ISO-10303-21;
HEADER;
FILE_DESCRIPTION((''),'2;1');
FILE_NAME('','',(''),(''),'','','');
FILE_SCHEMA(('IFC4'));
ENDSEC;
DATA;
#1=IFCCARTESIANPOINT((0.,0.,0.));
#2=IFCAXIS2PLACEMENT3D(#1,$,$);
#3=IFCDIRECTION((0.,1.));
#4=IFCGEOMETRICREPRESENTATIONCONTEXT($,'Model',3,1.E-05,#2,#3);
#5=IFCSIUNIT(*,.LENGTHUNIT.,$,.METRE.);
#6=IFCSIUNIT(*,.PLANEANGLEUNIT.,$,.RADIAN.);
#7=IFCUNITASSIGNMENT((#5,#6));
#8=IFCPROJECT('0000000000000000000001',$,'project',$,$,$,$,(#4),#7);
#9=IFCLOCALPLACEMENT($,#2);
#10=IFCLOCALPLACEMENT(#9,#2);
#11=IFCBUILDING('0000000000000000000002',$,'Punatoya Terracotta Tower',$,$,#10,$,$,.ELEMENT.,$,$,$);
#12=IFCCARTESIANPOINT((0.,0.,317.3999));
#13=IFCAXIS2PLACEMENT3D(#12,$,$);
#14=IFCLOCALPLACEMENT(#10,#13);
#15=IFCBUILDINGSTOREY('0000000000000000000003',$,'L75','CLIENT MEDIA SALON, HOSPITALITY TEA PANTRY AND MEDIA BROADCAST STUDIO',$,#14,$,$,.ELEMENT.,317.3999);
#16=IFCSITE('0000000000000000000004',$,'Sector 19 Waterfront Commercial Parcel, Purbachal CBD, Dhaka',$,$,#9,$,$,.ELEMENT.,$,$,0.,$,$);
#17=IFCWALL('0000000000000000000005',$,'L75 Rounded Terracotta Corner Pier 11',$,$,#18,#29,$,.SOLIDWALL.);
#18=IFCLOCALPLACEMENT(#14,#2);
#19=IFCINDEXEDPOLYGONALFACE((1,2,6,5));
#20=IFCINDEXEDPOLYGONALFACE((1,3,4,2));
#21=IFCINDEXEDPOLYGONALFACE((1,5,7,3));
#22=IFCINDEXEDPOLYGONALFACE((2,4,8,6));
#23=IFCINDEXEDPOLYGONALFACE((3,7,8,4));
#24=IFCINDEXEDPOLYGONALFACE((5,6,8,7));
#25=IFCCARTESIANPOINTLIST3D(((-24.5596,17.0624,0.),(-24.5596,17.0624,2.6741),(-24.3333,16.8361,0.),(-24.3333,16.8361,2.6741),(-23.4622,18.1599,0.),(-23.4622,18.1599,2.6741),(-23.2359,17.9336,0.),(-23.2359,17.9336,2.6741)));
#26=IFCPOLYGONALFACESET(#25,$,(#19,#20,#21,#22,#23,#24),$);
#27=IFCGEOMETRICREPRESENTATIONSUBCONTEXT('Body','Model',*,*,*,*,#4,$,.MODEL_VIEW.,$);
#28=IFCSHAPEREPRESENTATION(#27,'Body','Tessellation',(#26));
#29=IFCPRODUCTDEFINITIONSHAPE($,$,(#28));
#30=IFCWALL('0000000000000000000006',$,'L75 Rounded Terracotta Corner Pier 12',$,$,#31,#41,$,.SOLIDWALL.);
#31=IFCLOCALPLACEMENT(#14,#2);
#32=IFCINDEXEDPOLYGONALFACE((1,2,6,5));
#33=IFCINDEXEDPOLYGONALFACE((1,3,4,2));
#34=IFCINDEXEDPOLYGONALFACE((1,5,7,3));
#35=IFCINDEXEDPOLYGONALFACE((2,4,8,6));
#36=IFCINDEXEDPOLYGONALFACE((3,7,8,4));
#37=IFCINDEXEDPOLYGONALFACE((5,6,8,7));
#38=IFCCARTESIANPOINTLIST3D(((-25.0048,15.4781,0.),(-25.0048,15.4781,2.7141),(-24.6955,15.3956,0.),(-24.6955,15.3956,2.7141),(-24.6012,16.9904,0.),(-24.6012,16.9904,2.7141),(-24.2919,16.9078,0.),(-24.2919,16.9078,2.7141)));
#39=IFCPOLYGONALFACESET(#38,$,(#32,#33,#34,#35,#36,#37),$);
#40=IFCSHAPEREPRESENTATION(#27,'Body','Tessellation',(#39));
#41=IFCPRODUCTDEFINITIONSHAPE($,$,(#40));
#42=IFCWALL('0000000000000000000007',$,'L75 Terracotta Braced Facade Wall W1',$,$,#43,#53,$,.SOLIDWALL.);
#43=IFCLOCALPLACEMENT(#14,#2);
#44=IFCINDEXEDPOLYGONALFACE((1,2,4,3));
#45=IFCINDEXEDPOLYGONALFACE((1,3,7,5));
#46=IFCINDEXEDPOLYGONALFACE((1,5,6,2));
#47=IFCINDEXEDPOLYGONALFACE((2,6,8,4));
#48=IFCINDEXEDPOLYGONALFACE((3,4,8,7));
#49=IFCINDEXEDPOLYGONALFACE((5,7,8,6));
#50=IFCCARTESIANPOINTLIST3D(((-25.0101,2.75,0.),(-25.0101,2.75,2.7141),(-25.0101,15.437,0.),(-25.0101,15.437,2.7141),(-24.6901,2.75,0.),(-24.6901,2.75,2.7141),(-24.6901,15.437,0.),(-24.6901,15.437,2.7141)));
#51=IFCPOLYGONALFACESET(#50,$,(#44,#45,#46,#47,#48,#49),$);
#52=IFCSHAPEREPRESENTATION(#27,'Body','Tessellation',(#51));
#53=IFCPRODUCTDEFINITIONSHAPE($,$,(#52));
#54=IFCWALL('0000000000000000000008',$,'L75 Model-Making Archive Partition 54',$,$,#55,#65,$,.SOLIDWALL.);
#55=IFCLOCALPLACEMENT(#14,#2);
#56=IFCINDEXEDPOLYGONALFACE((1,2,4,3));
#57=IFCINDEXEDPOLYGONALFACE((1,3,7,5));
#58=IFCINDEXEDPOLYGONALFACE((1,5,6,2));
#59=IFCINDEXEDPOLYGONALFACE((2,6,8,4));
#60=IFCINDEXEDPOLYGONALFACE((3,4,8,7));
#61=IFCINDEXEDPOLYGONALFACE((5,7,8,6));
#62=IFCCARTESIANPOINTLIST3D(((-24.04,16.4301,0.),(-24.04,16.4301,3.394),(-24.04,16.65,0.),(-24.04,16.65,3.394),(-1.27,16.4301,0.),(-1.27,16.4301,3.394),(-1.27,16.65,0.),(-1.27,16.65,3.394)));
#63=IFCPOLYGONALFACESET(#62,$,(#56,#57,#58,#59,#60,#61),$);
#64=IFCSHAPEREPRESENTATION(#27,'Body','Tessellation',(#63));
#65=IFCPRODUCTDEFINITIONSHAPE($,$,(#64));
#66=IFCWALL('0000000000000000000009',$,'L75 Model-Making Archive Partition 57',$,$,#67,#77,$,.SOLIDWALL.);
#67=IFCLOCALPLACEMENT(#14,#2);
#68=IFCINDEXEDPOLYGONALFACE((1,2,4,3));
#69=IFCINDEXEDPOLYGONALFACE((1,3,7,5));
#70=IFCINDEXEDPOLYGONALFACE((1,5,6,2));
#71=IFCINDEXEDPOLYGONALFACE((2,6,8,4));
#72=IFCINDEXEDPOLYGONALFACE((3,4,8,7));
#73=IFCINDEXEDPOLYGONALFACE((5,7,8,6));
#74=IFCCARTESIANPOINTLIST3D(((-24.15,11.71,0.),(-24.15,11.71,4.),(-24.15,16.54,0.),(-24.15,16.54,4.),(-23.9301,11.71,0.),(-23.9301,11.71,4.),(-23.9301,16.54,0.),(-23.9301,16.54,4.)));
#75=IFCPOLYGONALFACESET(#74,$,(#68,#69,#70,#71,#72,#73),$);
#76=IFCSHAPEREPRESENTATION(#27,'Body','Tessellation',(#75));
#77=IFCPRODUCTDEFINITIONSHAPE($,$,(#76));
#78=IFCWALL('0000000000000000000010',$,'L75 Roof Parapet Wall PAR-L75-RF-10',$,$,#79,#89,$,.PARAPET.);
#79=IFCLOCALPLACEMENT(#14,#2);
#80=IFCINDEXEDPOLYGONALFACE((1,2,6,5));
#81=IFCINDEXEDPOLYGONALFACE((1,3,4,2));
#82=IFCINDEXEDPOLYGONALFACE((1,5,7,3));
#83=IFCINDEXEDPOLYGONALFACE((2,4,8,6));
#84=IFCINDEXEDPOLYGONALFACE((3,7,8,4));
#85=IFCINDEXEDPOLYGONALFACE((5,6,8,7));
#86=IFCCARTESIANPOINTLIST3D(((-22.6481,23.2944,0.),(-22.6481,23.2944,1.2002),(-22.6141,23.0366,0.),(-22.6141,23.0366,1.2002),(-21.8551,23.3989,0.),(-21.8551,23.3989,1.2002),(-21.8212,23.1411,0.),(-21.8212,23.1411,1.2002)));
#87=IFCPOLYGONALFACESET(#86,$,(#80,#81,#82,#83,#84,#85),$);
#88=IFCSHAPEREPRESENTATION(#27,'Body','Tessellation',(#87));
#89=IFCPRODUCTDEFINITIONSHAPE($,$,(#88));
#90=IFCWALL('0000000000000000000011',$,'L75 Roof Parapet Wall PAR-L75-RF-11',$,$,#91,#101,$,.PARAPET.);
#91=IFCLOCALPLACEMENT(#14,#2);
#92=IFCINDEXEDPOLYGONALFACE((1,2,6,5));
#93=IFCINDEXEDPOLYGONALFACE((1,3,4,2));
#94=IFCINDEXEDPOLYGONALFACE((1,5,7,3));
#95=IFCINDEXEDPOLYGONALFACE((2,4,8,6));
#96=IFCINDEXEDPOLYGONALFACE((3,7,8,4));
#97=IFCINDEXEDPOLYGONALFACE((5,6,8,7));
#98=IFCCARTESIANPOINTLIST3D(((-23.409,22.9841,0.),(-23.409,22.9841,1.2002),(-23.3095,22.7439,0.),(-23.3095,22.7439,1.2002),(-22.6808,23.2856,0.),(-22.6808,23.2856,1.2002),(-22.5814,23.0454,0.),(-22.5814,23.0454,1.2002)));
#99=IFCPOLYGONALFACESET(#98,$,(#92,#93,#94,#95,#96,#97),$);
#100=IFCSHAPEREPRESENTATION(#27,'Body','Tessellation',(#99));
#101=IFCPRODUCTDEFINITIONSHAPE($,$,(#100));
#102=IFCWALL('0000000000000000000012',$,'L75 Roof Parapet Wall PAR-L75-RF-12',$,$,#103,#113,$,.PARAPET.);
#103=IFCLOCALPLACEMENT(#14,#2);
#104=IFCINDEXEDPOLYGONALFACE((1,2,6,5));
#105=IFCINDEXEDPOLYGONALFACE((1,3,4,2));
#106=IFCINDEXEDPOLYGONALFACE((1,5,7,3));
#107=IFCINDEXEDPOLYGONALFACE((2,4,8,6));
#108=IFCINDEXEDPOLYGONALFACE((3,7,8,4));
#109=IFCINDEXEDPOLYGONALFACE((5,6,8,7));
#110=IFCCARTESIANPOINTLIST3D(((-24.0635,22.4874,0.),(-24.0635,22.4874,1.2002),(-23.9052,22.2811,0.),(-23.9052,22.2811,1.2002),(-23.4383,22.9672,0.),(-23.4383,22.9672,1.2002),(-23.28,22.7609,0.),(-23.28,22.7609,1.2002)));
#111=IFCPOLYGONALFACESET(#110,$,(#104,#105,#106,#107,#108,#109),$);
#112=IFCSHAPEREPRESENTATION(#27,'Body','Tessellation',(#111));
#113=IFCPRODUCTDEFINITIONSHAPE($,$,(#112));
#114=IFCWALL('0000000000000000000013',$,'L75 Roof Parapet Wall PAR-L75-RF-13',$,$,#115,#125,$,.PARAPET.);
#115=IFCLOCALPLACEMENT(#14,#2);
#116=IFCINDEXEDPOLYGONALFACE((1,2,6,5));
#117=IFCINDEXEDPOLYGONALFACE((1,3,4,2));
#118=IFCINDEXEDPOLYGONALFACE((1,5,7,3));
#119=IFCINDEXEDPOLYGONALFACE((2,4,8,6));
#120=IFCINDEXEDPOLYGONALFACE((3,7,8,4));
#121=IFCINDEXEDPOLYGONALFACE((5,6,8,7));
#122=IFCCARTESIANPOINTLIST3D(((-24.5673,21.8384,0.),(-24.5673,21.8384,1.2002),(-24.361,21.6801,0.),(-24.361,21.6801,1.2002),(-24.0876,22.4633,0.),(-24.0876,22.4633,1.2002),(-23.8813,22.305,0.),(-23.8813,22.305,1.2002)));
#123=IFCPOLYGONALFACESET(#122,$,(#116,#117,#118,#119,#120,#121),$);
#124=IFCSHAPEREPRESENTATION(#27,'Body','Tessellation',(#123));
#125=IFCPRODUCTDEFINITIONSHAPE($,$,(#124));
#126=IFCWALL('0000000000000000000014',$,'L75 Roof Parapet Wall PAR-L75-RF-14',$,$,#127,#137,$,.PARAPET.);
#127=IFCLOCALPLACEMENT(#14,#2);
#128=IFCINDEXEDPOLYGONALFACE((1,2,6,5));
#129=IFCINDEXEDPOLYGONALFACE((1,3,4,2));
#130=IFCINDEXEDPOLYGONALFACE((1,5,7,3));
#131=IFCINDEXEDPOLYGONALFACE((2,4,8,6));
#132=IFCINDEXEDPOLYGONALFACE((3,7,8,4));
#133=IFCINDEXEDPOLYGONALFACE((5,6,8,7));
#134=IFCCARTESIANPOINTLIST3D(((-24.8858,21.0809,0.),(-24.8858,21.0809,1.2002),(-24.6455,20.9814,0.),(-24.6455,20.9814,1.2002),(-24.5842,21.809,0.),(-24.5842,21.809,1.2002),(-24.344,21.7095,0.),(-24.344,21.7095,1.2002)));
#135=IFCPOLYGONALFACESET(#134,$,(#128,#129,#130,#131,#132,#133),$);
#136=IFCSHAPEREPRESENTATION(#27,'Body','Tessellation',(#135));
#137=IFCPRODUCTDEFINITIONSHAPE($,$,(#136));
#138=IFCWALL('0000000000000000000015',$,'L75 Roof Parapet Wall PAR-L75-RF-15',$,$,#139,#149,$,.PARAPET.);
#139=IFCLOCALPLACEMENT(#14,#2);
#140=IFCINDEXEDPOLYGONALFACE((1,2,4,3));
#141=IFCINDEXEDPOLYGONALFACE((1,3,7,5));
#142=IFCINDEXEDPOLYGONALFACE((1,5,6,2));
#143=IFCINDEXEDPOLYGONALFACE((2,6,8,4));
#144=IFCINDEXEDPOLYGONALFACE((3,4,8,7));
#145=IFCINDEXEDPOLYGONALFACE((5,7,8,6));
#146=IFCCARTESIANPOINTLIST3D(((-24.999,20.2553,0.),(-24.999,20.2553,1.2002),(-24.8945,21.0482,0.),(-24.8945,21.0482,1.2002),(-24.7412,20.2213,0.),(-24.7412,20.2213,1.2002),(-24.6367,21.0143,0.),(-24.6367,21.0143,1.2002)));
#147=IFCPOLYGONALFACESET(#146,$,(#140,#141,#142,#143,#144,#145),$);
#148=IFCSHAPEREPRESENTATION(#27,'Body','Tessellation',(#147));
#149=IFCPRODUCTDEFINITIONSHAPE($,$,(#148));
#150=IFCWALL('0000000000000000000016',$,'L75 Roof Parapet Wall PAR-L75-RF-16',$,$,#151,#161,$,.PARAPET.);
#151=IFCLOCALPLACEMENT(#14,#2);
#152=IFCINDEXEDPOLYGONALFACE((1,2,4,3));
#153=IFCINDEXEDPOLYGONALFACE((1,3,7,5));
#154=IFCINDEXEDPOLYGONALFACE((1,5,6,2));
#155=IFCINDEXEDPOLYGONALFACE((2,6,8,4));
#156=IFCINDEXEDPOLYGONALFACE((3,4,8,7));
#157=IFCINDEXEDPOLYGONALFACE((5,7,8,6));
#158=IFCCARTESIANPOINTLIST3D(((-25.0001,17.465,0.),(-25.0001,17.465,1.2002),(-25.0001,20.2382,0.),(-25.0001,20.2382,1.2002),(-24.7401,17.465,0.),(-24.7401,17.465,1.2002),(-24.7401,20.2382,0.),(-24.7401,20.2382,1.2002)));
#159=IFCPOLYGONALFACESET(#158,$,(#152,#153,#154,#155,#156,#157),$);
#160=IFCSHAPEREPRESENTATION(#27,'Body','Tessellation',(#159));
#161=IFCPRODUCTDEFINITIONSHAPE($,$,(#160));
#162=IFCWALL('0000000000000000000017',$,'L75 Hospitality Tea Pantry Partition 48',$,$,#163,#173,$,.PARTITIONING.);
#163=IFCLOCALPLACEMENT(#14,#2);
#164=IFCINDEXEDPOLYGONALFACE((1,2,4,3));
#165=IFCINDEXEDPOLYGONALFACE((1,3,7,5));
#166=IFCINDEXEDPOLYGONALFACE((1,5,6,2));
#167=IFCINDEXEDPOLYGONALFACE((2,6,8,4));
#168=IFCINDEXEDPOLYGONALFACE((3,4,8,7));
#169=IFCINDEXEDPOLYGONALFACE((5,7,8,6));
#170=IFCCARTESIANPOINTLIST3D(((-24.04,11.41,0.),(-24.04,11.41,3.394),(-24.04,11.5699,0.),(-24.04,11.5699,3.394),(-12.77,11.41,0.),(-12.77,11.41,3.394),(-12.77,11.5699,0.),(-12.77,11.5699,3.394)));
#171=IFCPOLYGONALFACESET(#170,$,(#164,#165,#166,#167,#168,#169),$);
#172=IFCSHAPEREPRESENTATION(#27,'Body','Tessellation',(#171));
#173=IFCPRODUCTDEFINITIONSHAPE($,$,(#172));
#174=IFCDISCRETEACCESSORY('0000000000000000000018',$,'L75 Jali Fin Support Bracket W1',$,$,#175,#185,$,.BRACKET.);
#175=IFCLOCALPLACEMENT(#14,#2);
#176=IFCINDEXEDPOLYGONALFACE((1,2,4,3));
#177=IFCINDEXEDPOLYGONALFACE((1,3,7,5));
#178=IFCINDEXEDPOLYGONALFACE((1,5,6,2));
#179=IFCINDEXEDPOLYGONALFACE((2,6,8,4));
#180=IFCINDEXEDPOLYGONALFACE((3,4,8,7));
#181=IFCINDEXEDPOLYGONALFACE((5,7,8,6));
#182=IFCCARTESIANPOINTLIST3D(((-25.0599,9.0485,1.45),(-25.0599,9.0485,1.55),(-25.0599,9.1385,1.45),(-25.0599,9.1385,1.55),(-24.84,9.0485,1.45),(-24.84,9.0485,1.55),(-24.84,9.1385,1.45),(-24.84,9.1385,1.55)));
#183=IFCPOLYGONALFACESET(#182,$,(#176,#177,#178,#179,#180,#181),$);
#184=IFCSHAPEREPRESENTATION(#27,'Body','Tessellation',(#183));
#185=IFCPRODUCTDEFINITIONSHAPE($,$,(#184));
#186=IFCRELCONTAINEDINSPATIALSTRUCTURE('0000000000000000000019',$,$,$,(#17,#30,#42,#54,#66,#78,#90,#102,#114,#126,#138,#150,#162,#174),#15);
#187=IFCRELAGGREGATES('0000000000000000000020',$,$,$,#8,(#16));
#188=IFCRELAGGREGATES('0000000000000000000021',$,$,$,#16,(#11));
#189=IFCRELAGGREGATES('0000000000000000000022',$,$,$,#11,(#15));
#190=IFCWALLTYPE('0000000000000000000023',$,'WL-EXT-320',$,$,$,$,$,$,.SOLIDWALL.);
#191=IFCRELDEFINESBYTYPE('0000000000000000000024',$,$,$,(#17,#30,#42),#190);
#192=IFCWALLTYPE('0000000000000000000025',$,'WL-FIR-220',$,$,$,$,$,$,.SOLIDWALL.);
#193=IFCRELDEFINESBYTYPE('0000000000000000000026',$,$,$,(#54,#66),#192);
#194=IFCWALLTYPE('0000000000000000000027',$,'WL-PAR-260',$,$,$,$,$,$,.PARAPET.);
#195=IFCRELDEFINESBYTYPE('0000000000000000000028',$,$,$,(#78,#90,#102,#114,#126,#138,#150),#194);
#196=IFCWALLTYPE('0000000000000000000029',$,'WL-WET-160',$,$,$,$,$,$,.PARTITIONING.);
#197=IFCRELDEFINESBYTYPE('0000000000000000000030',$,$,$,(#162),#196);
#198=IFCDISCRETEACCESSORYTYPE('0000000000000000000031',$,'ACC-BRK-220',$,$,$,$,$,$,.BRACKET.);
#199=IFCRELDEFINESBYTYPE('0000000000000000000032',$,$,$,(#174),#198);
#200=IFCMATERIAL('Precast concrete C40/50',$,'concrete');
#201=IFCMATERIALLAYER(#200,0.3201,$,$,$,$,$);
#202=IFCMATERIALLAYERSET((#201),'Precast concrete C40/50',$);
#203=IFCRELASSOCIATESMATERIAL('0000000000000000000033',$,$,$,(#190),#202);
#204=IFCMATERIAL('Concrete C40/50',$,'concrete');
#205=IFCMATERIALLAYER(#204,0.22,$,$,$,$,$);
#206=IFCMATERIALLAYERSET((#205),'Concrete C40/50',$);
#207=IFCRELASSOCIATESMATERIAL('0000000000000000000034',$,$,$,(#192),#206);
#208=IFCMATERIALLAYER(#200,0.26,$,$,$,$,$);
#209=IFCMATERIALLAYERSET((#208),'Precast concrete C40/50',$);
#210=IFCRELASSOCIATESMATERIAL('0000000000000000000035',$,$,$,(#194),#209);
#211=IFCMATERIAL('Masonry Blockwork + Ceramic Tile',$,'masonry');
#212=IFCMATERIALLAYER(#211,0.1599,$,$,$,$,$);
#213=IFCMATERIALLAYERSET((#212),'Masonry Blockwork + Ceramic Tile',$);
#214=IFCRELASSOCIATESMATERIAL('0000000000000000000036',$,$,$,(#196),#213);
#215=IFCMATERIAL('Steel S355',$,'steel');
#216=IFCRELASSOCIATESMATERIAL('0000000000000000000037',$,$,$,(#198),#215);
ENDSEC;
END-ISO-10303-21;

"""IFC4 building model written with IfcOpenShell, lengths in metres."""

from ifc_helpers import new_model, si_unit, direction, frame, frame_2d, origin, origin_2d, place, context, subcontext, project, spatial, rectangle, extrude, material, layer, layer_set, type_object, element, save


model = new_model("IFC4")

# Units and contexts
model_context = context("Model", 3, precision=1e-05, world=origin(), true_north=direction((0.0, 1.0)))
body_context = subcontext(model_context, "Body", "Model", "MODEL_VIEW")
ifc_project = project(units=[si_unit("LENGTHUNIT", "METRE"), si_unit("PLANEANGLEUNIT", "RADIAN")], contexts=[model_context])

# Site, building, storey
site_placement = place(None, origin())
site = spatial("IfcSite", under=ifc_project, at=site_placement, Name="Sector 19 Waterfront Commercial Parcel, Purbachal CBD, Dhaka", CompositionType="ELEMENT", RefElevation=0.0)
building_placement = place(site_placement, origin())
building = spatial("IfcBuilding", under=site, at=building_placement, Name="Punatoya Terracotta Tower", CompositionType="ELEMENT")
storey_placement = place(building_placement, frame((0.0, 0.0, 317.3999)))
storey = spatial("IfcBuildingStorey", under=building, at=storey_placement, Name="L75", Description="CLIENT MEDIA SALON, HOSPITALITY TEA PANTRY AND MEDIA BROADCAST STUDIO", CompositionType="ELEMENT", Elevation=317.3999)

# Walls
ifc_material_1 = material(Name="Precast concrete C40/50", Category="concrete")
ifc_layer_1 = layer(ifc_material_1, 0.3201)
ifc_layer_set_1 = layer_set([ifc_layer_1], Name="Precast concrete C40/50")
wall_type_1 = type_object("IfcWallType", Name="WL-EXT-320", PredefinedType="SOLIDWALL", material=ifc_layer_set_1)
wall_1_placement = place(storey_placement, frame((-23.3491, 18.0466, 0.0), z_axis=(0.0, 0.0, 1.0), x_axis=(-0.707107, -0.707107, 0.0)))
element("IfcWall", 1, at=wall_1_placement, inside=storey, type_object=wall_type_1, Name="L75 Rounded Terracotta Corner Pier 11", PredefinedType="SOLIDWALL", context=body_context, shape_type="SweptSolid", body=[
    extrude(rectangle(XDim=1.552, YDim=0.3201, at=frame_2d((0.7759, 0.0))), origin(), (0.0, 0.0, 1.0), 2.6741),
])
wall_2_placement = place(storey_placement, frame((-24.4465, 16.9492, 0.0), z_axis=(0.0, 0.0, 1.0), x_axis=(-0.257847, -0.966186, 0.0)))
element("IfcWall", 2, at=wall_2_placement, inside=storey, type_object=wall_type_1, Name="L75 Rounded Terracotta Corner Pier 12", PredefinedType="SOLIDWALL", context=body_context, shape_type="SweptSolid", body=[
    extrude(rectangle(XDim=1.5652, YDim=0.3201, at=frame_2d((0.7827, 0.0))), origin(), (0.0, 0.0, 1.0), 2.7141),
])
wall_3_placement = place(storey_placement, frame((-24.8501, 15.437, 0.0), z_axis=(0.0, 0.0, 1.0), x_axis=(0.0, -1.0, 0.0)))
element("IfcWall", 3, at=wall_3_placement, inside=storey, type_object=wall_type_1, Name="L75 Terracotta Braced Facade Wall W1", PredefinedType="SOLIDWALL", context=body_context, shape_type="SweptSolid", body=[
    extrude(rectangle(XDim=12.687, YDim=0.3201, at=frame_2d((6.3435, 0.0))), origin(), (0.0, 0.0, 1.0), 2.7141),
])
ifc_material_2 = material(Name="Concrete C40/50", Category="concrete")
ifc_layer_2 = layer(ifc_material_2, 0.22)
ifc_layer_set_2 = layer_set([ifc_layer_2], Name="Concrete C40/50")
wall_type_2 = type_object("IfcWallType", Name="WL-FIR-220", PredefinedType="SOLIDWALL", material=ifc_layer_set_2)
wall_4_placement = place(storey_placement, frame((-24.04, 16.54, 0.0), z_axis=(0.0, 0.0, 1.0), x_axis=(1.0, 0.0, 0.0)))
element("IfcWall", 4, at=wall_4_placement, inside=storey, type_object=wall_type_2, Name="L75 Model-Making Archive Partition 54", PredefinedType="SOLIDWALL", context=body_context, shape_type="SweptSolid", body=[
    extrude(rectangle(XDim=22.77, YDim=0.22, at=frame_2d((11.385, 0.0))), origin(), (0.0, 0.0, 1.0), 3.394),
])
wall_5_placement = place(storey_placement, frame((-24.04, 11.71, 0.0), z_axis=(0.0, 0.0, 1.0), x_axis=(0.0, 1.0, 0.0)))
element("IfcWall", 5, at=wall_5_placement, inside=storey, type_object=wall_type_2, Name="L75 Model-Making Archive Partition 57", PredefinedType="SOLIDWALL", context=body_context, shape_type="SweptSolid", body=[
    extrude(rectangle(XDim=4.8301, YDim=0.22, at=frame_2d((2.415, 0.0))), origin(), (0.0, 0.0, 1.0), 4.0),
])
ifc_layer_3 = layer(ifc_material_1, 0.26)
ifc_layer_set_3 = layer_set([ifc_layer_3], Name="Precast concrete C40/50")
wall_type_3 = type_object("IfcWallType", Name="WL-PAR-260", PredefinedType="PARAPET", material=ifc_layer_set_3)
wall_6_placement = place(storey_placement, frame((-21.8381, 23.27, 0.0), z_axis=(0.0, 0.0, 1.0), x_axis=(-0.991429, -0.130644, 0.0)))
element("IfcWall", 6, at=wall_6_placement, inside=storey, type_object=wall_type_3, Name="L75 Roof Parapet Wall PAR-L75-RF-10", PredefinedType="PARAPET", context=body_context, shape_type="SweptSolid", body=[
    extrude(rectangle(XDim=0.7998, YDim=0.26, at=frame_2d((0.3999, 0.0))), origin(), (0.0, 0.0, 1.0), 1.2002),
])
for number, where, z_axis, x_axis, name in (
    (7, (-22.6311, 23.1655, 0.0), (0.0, 0.0, 1.0), (-0.9239, -0.382635, 0.0), "L75 Roof Parapet Wall PAR-L75-RF-11"),
    (8, (-23.3591, 22.864, 0.0), (0.0, 0.0, 1.0), (-0.793372, -0.608737, 0.0), "L75 Roof Parapet Wall PAR-L75-RF-12"),
):
    element("IfcWall", number, at=place(storey_placement, frame(where, z_axis=z_axis, x_axis=x_axis)), inside=storey, type_object=wall_type_3, Name=name, PredefinedType="PARAPET", context=body_context, shape_type="SweptSolid", body=[
        extrude(rectangle(XDim=0.7881, YDim=0.26, at=frame_2d((0.394, 0.0))), origin(), (0.0, 0.0, 1.0), 1.2002),
    ])
wall_7_placement = place(storey_placement, frame((-23.9844, 22.3843, 0.0), z_axis=(0.0, 0.0, 1.0), x_axis=(-0.608887, -0.793257, 0.0)))
element("IfcWall", 9, at=wall_7_placement, inside=storey, type_object=wall_type_3, Name="L75 Roof Parapet Wall PAR-L75-RF-13", PredefinedType="PARAPET", context=body_context, shape_type="SweptSolid", body=[
    extrude(rectangle(XDim=0.7878, YDim=0.26, at=frame_2d((0.394, 0.0))), origin(), (0.0, 0.0, 1.0), 1.2002),
])
wall_8_placement = place(storey_placement, frame((-24.4641, 21.7593, 0.0), z_axis=(0.0, 0.0, 1.0), x_axis=(-0.382635, -0.9239, 0.0)))
element("IfcWall", 10, at=wall_8_placement, inside=storey, type_object=wall_type_3, Name="L75 Roof Parapet Wall PAR-L75-RF-14", PredefinedType="PARAPET", context=body_context, shape_type="SweptSolid", body=[
    extrude(rectangle(XDim=0.7881, YDim=0.26, at=frame_2d((0.394, 0.0))), origin(), (0.0, 0.0, 1.0), 1.2002),
])
wall_9_placement = place(storey_placement, frame((-24.7656, 21.0312, 0.0), z_axis=(0.0, 0.0, 1.0), x_axis=(-0.130644, -0.991429, 0.0)))
element("IfcWall", 11, at=wall_9_placement, inside=storey, type_object=wall_type_3, Name="L75 Roof Parapet Wall PAR-L75-RF-15", PredefinedType="PARAPET", context=body_context, shape_type="SweptSolid", body=[
    extrude(rectangle(XDim=0.7998, YDim=0.26, at=frame_2d((0.3999, 0.0))), origin(), (0.0, 0.0, 1.0), 1.2002),
])
wall_10_placement = place(storey_placement, frame((-24.8701, 20.2383, 0.0), z_axis=(0.0, 0.0, 1.0), x_axis=(0.0, -1.0, 0.0)))
element("IfcWall", 12, at=wall_10_placement, inside=storey, type_object=wall_type_3, Name="L75 Roof Parapet Wall PAR-L75-RF-16", PredefinedType="PARAPET", context=body_context, shape_type="SweptSolid", body=[
    extrude(rectangle(XDim=2.7732, YDim=0.26, at=frame_2d((1.3867, 0.0))), origin(), (0.0, 0.0, 1.0), 1.2002),
])
ifc_material_3 = material(Name="Masonry Blockwork + Ceramic Tile", Category="masonry")
ifc_layer_4 = layer(ifc_material_3, 0.1599)
ifc_layer_set_4 = layer_set([ifc_layer_4], Name="Masonry Blockwork + Ceramic Tile")
wall_type_4 = type_object("IfcWallType", Name="WL-WET-160", PredefinedType="PARTITIONING", material=ifc_layer_set_4)
wall_11_placement = place(storey_placement, frame((-24.04, 11.49, 0.0), z_axis=(0.0, 0.0, 1.0), x_axis=(1.0, 0.0, 0.0)))
element("IfcWall", 13, at=wall_11_placement, inside=storey, type_object=wall_type_4, Name="L75 Hospitality Tea Pantry Partition 48", PredefinedType="PARTITIONING", context=body_context, shape_type="SweptSolid", body=[
    extrude(rectangle(XDim=11.27, YDim=0.1599, at=frame_2d((5.635, 0.0))), origin(), (0.0, 0.0, 1.0), 3.394),
])

# Discrete accessory
ifc_material_4 = material(Name="Steel S355", Category="steel")
discrete_accessory_type = type_object("IfcDiscreteAccessoryType", Name="ACC-BRK-220", PredefinedType="BRACKET", material=ifc_material_4)
discrete_accessory_placement = place(storey_placement, frame((-24.95, 9.0935, 1.45), z_axis=(0.0, 0.0, 1.0), x_axis=(0.0, -1.0, 0.0)))
element("IfcDiscreteAccessory", 14, at=discrete_accessory_placement, inside=storey, type_object=discrete_accessory_type, Name="L75 Jali Fin Support Bracket W1", PredefinedType="BRACKET", context=body_context, shape_type="SweptSolid", body=[
    extrude(rectangle(XDim=0.0901, YDim=0.22, at=origin_2d()), origin(), (0.0, 0.0, 1.0), 0.1001),
])

save(model, "model.ifc")
